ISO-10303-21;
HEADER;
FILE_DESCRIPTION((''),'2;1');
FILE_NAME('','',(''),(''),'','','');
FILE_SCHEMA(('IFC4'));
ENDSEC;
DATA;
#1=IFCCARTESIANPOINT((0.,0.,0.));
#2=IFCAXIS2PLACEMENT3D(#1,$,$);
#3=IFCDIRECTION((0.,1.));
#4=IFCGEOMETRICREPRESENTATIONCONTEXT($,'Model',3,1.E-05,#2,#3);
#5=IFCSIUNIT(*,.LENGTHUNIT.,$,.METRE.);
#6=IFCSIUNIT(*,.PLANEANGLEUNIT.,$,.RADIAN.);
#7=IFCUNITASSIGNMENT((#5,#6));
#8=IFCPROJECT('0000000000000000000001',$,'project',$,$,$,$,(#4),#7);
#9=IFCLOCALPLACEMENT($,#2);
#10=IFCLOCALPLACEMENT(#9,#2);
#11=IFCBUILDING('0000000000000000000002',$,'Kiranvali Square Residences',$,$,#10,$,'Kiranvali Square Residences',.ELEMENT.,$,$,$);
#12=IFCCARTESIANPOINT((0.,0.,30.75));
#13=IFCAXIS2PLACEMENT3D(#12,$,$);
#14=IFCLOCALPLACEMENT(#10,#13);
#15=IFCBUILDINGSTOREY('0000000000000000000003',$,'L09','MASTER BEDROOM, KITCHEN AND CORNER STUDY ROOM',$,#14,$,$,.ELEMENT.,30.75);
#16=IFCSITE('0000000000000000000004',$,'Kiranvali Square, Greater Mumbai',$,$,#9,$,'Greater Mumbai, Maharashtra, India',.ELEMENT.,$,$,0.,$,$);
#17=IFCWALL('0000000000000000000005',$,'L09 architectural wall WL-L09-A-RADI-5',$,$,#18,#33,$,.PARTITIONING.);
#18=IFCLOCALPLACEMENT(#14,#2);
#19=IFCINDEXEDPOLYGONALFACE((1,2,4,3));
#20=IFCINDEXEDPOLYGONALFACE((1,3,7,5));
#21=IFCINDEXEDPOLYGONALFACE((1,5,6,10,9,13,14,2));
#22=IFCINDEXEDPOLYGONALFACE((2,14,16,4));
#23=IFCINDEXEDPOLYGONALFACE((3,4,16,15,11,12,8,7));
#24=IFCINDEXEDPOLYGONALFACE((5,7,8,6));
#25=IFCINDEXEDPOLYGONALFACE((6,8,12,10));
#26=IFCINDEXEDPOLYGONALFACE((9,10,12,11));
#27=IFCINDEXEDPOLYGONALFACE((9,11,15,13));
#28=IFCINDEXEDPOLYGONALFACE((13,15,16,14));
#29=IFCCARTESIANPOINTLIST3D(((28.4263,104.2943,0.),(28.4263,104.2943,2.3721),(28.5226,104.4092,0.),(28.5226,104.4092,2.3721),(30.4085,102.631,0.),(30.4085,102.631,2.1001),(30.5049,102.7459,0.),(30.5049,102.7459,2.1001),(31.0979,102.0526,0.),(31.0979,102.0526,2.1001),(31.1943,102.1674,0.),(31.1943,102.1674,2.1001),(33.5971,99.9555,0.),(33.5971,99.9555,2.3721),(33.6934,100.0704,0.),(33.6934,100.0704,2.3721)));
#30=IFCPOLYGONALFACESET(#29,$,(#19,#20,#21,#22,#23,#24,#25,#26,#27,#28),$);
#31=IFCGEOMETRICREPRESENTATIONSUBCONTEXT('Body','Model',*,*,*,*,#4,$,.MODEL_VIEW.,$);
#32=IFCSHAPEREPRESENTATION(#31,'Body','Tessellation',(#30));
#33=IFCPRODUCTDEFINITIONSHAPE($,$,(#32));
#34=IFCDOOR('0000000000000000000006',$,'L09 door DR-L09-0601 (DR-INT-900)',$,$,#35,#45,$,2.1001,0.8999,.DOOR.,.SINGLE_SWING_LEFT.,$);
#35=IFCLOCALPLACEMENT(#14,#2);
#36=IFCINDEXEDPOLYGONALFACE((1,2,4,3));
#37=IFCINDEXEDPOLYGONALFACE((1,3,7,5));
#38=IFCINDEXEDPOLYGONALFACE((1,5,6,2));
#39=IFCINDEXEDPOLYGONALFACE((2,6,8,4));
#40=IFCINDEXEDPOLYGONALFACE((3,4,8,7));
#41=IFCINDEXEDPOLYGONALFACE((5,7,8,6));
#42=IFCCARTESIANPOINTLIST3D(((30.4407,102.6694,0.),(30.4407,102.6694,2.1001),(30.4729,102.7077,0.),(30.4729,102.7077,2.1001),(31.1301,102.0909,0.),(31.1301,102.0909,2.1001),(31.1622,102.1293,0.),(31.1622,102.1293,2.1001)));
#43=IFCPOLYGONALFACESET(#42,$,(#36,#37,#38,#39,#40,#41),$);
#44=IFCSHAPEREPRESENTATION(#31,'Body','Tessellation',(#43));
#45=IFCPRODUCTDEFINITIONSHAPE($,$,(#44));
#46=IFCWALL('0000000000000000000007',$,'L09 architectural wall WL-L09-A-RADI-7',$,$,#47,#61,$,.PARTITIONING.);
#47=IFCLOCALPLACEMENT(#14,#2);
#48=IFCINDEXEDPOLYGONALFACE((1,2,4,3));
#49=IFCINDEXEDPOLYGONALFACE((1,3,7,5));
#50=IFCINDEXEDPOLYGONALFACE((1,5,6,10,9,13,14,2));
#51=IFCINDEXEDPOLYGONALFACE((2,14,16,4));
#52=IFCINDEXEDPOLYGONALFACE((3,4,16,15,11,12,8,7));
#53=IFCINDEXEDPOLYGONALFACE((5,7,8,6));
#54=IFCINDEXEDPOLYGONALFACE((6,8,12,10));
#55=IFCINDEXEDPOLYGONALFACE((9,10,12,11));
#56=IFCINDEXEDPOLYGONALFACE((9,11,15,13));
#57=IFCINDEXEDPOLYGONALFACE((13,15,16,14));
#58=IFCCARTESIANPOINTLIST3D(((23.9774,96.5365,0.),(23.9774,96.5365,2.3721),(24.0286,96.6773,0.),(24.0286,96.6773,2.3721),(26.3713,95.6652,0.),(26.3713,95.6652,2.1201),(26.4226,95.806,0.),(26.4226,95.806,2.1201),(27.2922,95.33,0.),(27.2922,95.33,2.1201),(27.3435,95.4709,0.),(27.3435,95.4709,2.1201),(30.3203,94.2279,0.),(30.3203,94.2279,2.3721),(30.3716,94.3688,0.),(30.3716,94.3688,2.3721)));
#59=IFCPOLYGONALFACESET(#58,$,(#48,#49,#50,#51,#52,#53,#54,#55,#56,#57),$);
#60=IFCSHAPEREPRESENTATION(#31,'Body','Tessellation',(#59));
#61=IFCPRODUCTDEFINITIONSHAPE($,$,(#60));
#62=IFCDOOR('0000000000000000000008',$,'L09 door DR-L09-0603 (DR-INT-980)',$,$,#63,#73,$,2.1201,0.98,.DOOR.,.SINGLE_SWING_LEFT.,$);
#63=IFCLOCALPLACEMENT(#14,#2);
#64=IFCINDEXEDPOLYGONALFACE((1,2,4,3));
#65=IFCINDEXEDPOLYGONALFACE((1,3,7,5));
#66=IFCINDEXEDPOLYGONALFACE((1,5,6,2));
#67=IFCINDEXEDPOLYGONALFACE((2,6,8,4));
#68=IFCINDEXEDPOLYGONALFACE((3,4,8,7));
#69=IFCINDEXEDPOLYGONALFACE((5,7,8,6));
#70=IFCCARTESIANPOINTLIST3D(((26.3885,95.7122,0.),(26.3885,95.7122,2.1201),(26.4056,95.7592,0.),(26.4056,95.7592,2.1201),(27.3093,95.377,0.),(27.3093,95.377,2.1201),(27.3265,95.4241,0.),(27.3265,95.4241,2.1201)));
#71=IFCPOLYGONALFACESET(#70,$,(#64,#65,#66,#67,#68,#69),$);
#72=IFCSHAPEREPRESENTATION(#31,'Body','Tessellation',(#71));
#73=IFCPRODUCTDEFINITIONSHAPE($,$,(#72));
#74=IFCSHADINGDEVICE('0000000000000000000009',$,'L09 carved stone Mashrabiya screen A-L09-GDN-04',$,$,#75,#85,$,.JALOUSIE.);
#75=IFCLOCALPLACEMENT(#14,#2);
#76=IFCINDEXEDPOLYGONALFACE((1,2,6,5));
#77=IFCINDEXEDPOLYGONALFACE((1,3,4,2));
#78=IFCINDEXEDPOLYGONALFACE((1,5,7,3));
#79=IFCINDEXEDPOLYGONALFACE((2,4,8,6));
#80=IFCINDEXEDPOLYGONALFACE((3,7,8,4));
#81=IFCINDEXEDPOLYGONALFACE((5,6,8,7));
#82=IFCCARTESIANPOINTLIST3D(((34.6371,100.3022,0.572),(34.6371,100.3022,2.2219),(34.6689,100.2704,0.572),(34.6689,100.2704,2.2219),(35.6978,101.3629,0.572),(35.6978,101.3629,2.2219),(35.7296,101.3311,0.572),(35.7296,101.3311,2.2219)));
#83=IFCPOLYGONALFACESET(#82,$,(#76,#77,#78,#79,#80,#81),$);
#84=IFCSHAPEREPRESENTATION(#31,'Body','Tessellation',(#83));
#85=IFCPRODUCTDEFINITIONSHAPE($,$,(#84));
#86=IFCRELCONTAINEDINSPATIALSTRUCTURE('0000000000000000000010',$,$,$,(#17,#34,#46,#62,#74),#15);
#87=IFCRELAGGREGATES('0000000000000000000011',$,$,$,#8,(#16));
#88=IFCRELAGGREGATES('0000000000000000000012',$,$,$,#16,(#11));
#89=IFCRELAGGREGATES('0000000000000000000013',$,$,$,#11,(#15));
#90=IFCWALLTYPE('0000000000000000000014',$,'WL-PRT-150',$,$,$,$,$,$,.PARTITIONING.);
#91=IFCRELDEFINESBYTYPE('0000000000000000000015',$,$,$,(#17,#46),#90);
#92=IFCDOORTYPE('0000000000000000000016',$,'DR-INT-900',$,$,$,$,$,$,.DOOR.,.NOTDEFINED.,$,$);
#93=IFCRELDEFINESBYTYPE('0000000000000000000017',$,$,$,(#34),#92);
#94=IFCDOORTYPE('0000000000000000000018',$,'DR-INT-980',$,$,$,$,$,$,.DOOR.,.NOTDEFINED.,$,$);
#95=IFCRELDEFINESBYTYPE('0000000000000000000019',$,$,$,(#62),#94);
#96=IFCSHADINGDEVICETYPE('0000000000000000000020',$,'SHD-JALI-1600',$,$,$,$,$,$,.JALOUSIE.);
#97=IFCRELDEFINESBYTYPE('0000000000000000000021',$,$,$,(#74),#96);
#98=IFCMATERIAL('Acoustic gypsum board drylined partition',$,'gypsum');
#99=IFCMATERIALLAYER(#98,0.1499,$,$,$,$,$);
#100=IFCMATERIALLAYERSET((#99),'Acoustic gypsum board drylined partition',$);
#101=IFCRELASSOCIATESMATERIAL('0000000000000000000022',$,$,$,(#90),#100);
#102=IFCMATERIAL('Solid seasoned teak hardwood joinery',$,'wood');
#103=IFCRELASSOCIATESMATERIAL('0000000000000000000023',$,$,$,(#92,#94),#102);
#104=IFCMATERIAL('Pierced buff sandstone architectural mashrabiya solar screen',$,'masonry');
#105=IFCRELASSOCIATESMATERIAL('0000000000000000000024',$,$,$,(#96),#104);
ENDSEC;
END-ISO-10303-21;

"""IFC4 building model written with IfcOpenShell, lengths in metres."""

from ifc_helpers import new_model, si_unit, direction, frame, frame_2d, origin, origin_2d, place, context, subcontext, project, spatial, rectangle, extrude, material, layer, layer_set, type_object, element, fill, save


model = new_model("IFC4")

# Units and contexts
model_context = context("Model", 3, precision=1e-05, world=origin(), true_north=direction((0.0, 1.0)))
body_context = subcontext(model_context, "Body", "Model", "MODEL_VIEW")
ifc_project = project(units=[si_unit("LENGTHUNIT", "METRE"), si_unit("PLANEANGLEUNIT", "RADIAN")], contexts=[model_context])

# Site, building, storey
site_placement = place(None, origin())
site = spatial("IfcSite", under=ifc_project, at=site_placement, Name="Kiranvali Square, Greater Mumbai", LongName="Greater Mumbai, Maharashtra, India", CompositionType="ELEMENT", RefElevation=0.0)
building_placement = place(site_placement, origin())
building = spatial("IfcBuilding", under=site, at=building_placement, Name="Kiranvali Square Residences", LongName="Kiranvali Square Residences", CompositionType="ELEMENT")
storey_placement = place(building_placement, frame((0.0, 0.0, 30.75)))
storey = spatial("IfcBuildingStorey", under=building, at=storey_placement, Name="L09", Description="MASTER BEDROOM, KITCHEN AND CORNER STUDY ROOM", CompositionType="ELEMENT", Elevation=30.75)

# Walls, openings, doors
ifc_material_1 = material(Name="Acoustic gypsum board drylined partition", Category="gypsum")
ifc_layer_1 = layer(ifc_material_1, 0.1499)
ifc_layer_set_1 = layer_set([ifc_layer_1], Name="Acoustic gypsum board drylined partition")
wall_type_1 = type_object("IfcWallType", Name="WL-PRT-150", PredefinedType="PARTITIONING", material=ifc_layer_set_1)
wall_1_placement = place(storey_placement, frame((33.6453, 100.0129, 0.0), z_axis=(0.0, 0.0, 1.0), x_axis=(-0.766047, 0.642785, 0.0)))
wall_1 = element("IfcWall", 1, at=wall_1_placement, inside=storey, type_object=wall_type_1, Name="L09 architectural wall WL-L09-A-RADI-5", PredefinedType="PARTITIONING", context=body_context, shape_type="SweptSolid", body=[
    extrude(rectangle(XDim=6.75, YDim=0.1499, at=frame_2d((3.375, 0.0))), origin(), (0.0, 0.0, 1.0), 2.3721),
])
opening_1_placement = place(wall_1_placement, frame((3.2625, 0.0, 0.0)))
opening_1 = element("IfcOpeningElement", 2, at=opening_1_placement, cuts=wall_1, PredefinedType="OPENING", context=body_context, shape_type="SweptSolid", body=[
    extrude(rectangle(XDim=0.8999, YDim=2.1001, at=frame_2d((0.45, 1.05))), frame((0.0, 0.085, 0.0), z_axis=(0.0, -1.0, 0.0), x_axis=(1.0, 0.0, 0.0)), (0.0, 0.0, 1.0), 0.1699),
])
ifc_material_2 = material(Name="Solid seasoned teak hardwood joinery", Category="wood")
door_type_1 = type_object("IfcDoorType", Name="DR-INT-900", OperationType="NOTDEFINED", PredefinedType="DOOR", material=ifc_material_2)
door_1_placement = place(opening_1_placement, origin())
door_1 = element("IfcDoor", 3, at=door_1_placement, inside=storey, type_object=door_type_1, Name="L09 door DR-L09-0601 (DR-INT-900)", OperationType="SINGLE_SWING_LEFT", OverallHeight=2.1001, OverallWidth=0.8999, PredefinedType="DOOR", context=body_context, shape_type="SweptSolid", body=[
    extrude(rectangle(XDim=0.8999, YDim=2.1001, at=frame_2d((0.45, 1.05))), frame((0.0, 0.0249, 0.0), z_axis=(0.0, -1.0, 0.0), x_axis=(1.0, 0.0, 0.0)), (0.0, 0.0, 1.0), 0.05),
])
fill(opening_1, door_1)
wall_2_placement = place(storey_placement, frame((30.3459, 94.2983, 0.0), z_axis=(0.0, 0.0, 1.0), x_axis=(-0.939696, 0.34201, 0.0)))
wall_2 = element("IfcWall", 4, at=wall_2_placement, inside=storey, type_object=wall_type_1, Name="L09 architectural wall WL-L09-A-RADI-7", PredefinedType="PARTITIONING", context=body_context, shape_type="SweptSolid", body=[
    extrude(rectangle(XDim=6.75, YDim=0.1499, at=frame_2d((3.375, 0.0))), origin(), (0.0, 0.0, 1.0), 2.3721),
])
opening_2_placement = place(wall_2_placement, frame((3.2224, 0.0, 0.0)))
opening_2 = element("IfcOpeningElement", 5, at=opening_2_placement, cuts=wall_2, PredefinedType="OPENING", context=body_context, shape_type="SweptSolid", body=[
    extrude(rectangle(XDim=0.98, YDim=2.1201, at=frame_2d((0.49, 1.0601))), frame((0.0, 0.085, 0.0), z_axis=(0.0, -1.0, 0.0), x_axis=(1.0, 0.0, 0.0)), (0.0, 0.0, 1.0), 0.1699),
])
door_type_2 = type_object("IfcDoorType", Name="DR-INT-980", OperationType="NOTDEFINED", PredefinedType="DOOR", material=ifc_material_2)
door_2_placement = place(opening_2_placement, origin())
door_2 = element("IfcDoor", 6, at=door_2_placement, inside=storey, type_object=door_type_2, Name="L09 door DR-L09-0603 (DR-INT-980)", OperationType="SINGLE_SWING_LEFT", OverallHeight=2.1201, OverallWidth=0.98, PredefinedType="DOOR", context=body_context, shape_type="SweptSolid", body=[
    extrude(rectangle(XDim=0.98, YDim=2.1201, at=frame_2d((0.49, 1.0601))), frame((0.0, 0.0249, 0.0), z_axis=(0.0, -1.0, 0.0), x_axis=(1.0, 0.0, 0.0)), (0.0, 0.0, 1.0), 0.05),
])
fill(opening_2, door_2)

# Shading device
ifc_material_3 = material(Name="Pierced buff sandstone architectural mashrabiya solar screen", Category="masonry")
shading_device_type = type_object("IfcShadingDeviceType", Name="SHD-JALI-1600", PredefinedType="JALOUSIE", material=ifc_material_3)
shading_device_placement = place(storey_placement, frame((35.1833, 100.8167, 0.572), z_axis=(0.0, 0.0, 1.0), x_axis=(-0.707107, -0.707107, 0.0)))
element("IfcShadingDevice", 7, at=shading_device_placement, inside=storey, type_object=shading_device_type, Name="L09 carved stone Mashrabiya screen A-L09-GDN-04", PredefinedType="JALOUSIE", context=body_context, shape_type="SweptSolid", body=[
    extrude(rectangle(XDim=1.5, YDim=0.0449, at=origin_2d()), origin(), (0.0, 0.0, 1.0), 1.6499),
])

save(model, "model.ifc")
